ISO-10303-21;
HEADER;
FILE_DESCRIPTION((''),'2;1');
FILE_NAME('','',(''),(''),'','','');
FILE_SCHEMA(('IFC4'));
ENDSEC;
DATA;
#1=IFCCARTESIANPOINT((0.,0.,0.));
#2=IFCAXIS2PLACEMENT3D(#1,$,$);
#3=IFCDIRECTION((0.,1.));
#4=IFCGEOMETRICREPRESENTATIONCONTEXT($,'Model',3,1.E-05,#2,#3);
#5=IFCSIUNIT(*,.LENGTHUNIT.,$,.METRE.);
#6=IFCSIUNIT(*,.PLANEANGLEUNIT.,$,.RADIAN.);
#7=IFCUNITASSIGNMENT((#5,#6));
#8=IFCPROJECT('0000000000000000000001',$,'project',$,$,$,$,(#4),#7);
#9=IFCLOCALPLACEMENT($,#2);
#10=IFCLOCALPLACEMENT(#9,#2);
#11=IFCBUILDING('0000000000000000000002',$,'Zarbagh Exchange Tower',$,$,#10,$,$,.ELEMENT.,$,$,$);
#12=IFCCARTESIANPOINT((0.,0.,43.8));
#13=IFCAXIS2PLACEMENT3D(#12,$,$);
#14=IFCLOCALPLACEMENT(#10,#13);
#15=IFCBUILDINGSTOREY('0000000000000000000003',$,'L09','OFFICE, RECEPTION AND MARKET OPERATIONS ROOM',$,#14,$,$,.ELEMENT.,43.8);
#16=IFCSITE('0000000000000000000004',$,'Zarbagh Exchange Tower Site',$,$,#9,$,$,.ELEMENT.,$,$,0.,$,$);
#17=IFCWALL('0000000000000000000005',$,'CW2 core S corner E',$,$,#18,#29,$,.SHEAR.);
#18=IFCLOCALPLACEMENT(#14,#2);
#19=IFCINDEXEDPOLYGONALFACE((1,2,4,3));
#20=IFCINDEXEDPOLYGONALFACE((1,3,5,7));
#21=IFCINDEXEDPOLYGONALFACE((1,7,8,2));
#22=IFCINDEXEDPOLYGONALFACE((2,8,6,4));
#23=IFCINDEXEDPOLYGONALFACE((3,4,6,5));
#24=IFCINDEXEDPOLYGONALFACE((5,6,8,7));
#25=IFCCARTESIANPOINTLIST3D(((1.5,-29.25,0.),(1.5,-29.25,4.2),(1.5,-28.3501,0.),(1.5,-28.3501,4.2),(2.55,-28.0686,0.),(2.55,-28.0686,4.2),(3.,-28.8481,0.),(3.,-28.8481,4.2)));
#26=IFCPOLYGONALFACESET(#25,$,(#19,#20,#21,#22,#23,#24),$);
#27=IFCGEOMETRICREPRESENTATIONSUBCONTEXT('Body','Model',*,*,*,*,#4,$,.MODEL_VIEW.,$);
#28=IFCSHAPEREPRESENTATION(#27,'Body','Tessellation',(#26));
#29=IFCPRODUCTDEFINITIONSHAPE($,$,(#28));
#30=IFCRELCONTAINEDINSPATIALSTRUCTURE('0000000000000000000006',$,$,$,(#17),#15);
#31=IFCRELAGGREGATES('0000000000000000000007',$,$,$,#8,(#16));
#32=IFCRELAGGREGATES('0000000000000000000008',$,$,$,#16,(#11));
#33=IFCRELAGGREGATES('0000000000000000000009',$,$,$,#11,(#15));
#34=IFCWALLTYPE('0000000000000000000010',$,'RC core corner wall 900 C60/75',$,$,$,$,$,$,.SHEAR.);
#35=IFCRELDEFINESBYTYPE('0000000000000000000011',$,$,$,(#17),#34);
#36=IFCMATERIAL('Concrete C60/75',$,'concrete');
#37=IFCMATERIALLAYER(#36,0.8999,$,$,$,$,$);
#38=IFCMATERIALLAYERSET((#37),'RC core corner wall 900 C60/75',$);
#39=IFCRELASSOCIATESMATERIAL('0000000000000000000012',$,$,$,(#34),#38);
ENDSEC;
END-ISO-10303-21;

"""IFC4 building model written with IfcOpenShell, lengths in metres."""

from ifc_helpers import new_model, si_unit, direction, frame, origin, place, context, subcontext, project, spatial, polyline, outline, extrude, material, layer, layer_set, type_object, element, save


model = new_model("IFC4")

# Units and contexts
model_context = context("Model", 3, precision=1e-05, world=origin(), true_north=direction((0.0, 1.0)))
body_context = subcontext(model_context, "Body", "Model", "MODEL_VIEW")
ifc_project = project(units=[si_unit("LENGTHUNIT", "METRE"), si_unit("PLANEANGLEUNIT", "RADIAN")], contexts=[model_context])

# Site, building, storey
site_placement = place(None, origin())
site = spatial("IfcSite", under=ifc_project, at=site_placement, Name="Zarbagh Exchange Tower Site", CompositionType="ELEMENT", RefElevation=0.0)
building_placement = place(site_placement, origin())
building = spatial("IfcBuilding", under=site, at=building_placement, Name="Zarbagh Exchange Tower", CompositionType="ELEMENT")
storey_placement = place(building_placement, frame((0.0, 0.0, 43.8)))
storey = spatial("IfcBuildingStorey", under=building, at=storey_placement, Name="L09", Description="OFFICE, RECEPTION AND MARKET OPERATIONS ROOM", CompositionType="ELEMENT", Elevation=43.8)

# Wall
ifc_material_1 = material(Name="Concrete C60/75", Category="concrete")
ifc_layer_1 = layer(ifc_material_1, 0.8999)
ifc_layer_set_1 = layer_set([ifc_layer_1], Name="RC core corner wall 900 C60/75")
wall_type = type_object("IfcWallType", Name="RC core corner wall 900 C60/75", PredefinedType="SHEAR", material=ifc_layer_set_1)
wall_1_placement = place(storey_placement, origin())
element("IfcWall", 1, at=wall_1_placement, inside=storey, type_object=wall_type, Name="CW2 core S corner E", PredefinedType="SHEAR", context=body_context, shape_type="SweptSolid", body=[
    extrude(outline(polyline([(3.0, -28.8481), (1.5, -29.25), (1.5, -28.3501), (2.55, -28.0686), (3.0, -28.8481)])), origin(), (0.0, 0.0, 1.0), 4.2),
])

save(model, "model.ifc")
